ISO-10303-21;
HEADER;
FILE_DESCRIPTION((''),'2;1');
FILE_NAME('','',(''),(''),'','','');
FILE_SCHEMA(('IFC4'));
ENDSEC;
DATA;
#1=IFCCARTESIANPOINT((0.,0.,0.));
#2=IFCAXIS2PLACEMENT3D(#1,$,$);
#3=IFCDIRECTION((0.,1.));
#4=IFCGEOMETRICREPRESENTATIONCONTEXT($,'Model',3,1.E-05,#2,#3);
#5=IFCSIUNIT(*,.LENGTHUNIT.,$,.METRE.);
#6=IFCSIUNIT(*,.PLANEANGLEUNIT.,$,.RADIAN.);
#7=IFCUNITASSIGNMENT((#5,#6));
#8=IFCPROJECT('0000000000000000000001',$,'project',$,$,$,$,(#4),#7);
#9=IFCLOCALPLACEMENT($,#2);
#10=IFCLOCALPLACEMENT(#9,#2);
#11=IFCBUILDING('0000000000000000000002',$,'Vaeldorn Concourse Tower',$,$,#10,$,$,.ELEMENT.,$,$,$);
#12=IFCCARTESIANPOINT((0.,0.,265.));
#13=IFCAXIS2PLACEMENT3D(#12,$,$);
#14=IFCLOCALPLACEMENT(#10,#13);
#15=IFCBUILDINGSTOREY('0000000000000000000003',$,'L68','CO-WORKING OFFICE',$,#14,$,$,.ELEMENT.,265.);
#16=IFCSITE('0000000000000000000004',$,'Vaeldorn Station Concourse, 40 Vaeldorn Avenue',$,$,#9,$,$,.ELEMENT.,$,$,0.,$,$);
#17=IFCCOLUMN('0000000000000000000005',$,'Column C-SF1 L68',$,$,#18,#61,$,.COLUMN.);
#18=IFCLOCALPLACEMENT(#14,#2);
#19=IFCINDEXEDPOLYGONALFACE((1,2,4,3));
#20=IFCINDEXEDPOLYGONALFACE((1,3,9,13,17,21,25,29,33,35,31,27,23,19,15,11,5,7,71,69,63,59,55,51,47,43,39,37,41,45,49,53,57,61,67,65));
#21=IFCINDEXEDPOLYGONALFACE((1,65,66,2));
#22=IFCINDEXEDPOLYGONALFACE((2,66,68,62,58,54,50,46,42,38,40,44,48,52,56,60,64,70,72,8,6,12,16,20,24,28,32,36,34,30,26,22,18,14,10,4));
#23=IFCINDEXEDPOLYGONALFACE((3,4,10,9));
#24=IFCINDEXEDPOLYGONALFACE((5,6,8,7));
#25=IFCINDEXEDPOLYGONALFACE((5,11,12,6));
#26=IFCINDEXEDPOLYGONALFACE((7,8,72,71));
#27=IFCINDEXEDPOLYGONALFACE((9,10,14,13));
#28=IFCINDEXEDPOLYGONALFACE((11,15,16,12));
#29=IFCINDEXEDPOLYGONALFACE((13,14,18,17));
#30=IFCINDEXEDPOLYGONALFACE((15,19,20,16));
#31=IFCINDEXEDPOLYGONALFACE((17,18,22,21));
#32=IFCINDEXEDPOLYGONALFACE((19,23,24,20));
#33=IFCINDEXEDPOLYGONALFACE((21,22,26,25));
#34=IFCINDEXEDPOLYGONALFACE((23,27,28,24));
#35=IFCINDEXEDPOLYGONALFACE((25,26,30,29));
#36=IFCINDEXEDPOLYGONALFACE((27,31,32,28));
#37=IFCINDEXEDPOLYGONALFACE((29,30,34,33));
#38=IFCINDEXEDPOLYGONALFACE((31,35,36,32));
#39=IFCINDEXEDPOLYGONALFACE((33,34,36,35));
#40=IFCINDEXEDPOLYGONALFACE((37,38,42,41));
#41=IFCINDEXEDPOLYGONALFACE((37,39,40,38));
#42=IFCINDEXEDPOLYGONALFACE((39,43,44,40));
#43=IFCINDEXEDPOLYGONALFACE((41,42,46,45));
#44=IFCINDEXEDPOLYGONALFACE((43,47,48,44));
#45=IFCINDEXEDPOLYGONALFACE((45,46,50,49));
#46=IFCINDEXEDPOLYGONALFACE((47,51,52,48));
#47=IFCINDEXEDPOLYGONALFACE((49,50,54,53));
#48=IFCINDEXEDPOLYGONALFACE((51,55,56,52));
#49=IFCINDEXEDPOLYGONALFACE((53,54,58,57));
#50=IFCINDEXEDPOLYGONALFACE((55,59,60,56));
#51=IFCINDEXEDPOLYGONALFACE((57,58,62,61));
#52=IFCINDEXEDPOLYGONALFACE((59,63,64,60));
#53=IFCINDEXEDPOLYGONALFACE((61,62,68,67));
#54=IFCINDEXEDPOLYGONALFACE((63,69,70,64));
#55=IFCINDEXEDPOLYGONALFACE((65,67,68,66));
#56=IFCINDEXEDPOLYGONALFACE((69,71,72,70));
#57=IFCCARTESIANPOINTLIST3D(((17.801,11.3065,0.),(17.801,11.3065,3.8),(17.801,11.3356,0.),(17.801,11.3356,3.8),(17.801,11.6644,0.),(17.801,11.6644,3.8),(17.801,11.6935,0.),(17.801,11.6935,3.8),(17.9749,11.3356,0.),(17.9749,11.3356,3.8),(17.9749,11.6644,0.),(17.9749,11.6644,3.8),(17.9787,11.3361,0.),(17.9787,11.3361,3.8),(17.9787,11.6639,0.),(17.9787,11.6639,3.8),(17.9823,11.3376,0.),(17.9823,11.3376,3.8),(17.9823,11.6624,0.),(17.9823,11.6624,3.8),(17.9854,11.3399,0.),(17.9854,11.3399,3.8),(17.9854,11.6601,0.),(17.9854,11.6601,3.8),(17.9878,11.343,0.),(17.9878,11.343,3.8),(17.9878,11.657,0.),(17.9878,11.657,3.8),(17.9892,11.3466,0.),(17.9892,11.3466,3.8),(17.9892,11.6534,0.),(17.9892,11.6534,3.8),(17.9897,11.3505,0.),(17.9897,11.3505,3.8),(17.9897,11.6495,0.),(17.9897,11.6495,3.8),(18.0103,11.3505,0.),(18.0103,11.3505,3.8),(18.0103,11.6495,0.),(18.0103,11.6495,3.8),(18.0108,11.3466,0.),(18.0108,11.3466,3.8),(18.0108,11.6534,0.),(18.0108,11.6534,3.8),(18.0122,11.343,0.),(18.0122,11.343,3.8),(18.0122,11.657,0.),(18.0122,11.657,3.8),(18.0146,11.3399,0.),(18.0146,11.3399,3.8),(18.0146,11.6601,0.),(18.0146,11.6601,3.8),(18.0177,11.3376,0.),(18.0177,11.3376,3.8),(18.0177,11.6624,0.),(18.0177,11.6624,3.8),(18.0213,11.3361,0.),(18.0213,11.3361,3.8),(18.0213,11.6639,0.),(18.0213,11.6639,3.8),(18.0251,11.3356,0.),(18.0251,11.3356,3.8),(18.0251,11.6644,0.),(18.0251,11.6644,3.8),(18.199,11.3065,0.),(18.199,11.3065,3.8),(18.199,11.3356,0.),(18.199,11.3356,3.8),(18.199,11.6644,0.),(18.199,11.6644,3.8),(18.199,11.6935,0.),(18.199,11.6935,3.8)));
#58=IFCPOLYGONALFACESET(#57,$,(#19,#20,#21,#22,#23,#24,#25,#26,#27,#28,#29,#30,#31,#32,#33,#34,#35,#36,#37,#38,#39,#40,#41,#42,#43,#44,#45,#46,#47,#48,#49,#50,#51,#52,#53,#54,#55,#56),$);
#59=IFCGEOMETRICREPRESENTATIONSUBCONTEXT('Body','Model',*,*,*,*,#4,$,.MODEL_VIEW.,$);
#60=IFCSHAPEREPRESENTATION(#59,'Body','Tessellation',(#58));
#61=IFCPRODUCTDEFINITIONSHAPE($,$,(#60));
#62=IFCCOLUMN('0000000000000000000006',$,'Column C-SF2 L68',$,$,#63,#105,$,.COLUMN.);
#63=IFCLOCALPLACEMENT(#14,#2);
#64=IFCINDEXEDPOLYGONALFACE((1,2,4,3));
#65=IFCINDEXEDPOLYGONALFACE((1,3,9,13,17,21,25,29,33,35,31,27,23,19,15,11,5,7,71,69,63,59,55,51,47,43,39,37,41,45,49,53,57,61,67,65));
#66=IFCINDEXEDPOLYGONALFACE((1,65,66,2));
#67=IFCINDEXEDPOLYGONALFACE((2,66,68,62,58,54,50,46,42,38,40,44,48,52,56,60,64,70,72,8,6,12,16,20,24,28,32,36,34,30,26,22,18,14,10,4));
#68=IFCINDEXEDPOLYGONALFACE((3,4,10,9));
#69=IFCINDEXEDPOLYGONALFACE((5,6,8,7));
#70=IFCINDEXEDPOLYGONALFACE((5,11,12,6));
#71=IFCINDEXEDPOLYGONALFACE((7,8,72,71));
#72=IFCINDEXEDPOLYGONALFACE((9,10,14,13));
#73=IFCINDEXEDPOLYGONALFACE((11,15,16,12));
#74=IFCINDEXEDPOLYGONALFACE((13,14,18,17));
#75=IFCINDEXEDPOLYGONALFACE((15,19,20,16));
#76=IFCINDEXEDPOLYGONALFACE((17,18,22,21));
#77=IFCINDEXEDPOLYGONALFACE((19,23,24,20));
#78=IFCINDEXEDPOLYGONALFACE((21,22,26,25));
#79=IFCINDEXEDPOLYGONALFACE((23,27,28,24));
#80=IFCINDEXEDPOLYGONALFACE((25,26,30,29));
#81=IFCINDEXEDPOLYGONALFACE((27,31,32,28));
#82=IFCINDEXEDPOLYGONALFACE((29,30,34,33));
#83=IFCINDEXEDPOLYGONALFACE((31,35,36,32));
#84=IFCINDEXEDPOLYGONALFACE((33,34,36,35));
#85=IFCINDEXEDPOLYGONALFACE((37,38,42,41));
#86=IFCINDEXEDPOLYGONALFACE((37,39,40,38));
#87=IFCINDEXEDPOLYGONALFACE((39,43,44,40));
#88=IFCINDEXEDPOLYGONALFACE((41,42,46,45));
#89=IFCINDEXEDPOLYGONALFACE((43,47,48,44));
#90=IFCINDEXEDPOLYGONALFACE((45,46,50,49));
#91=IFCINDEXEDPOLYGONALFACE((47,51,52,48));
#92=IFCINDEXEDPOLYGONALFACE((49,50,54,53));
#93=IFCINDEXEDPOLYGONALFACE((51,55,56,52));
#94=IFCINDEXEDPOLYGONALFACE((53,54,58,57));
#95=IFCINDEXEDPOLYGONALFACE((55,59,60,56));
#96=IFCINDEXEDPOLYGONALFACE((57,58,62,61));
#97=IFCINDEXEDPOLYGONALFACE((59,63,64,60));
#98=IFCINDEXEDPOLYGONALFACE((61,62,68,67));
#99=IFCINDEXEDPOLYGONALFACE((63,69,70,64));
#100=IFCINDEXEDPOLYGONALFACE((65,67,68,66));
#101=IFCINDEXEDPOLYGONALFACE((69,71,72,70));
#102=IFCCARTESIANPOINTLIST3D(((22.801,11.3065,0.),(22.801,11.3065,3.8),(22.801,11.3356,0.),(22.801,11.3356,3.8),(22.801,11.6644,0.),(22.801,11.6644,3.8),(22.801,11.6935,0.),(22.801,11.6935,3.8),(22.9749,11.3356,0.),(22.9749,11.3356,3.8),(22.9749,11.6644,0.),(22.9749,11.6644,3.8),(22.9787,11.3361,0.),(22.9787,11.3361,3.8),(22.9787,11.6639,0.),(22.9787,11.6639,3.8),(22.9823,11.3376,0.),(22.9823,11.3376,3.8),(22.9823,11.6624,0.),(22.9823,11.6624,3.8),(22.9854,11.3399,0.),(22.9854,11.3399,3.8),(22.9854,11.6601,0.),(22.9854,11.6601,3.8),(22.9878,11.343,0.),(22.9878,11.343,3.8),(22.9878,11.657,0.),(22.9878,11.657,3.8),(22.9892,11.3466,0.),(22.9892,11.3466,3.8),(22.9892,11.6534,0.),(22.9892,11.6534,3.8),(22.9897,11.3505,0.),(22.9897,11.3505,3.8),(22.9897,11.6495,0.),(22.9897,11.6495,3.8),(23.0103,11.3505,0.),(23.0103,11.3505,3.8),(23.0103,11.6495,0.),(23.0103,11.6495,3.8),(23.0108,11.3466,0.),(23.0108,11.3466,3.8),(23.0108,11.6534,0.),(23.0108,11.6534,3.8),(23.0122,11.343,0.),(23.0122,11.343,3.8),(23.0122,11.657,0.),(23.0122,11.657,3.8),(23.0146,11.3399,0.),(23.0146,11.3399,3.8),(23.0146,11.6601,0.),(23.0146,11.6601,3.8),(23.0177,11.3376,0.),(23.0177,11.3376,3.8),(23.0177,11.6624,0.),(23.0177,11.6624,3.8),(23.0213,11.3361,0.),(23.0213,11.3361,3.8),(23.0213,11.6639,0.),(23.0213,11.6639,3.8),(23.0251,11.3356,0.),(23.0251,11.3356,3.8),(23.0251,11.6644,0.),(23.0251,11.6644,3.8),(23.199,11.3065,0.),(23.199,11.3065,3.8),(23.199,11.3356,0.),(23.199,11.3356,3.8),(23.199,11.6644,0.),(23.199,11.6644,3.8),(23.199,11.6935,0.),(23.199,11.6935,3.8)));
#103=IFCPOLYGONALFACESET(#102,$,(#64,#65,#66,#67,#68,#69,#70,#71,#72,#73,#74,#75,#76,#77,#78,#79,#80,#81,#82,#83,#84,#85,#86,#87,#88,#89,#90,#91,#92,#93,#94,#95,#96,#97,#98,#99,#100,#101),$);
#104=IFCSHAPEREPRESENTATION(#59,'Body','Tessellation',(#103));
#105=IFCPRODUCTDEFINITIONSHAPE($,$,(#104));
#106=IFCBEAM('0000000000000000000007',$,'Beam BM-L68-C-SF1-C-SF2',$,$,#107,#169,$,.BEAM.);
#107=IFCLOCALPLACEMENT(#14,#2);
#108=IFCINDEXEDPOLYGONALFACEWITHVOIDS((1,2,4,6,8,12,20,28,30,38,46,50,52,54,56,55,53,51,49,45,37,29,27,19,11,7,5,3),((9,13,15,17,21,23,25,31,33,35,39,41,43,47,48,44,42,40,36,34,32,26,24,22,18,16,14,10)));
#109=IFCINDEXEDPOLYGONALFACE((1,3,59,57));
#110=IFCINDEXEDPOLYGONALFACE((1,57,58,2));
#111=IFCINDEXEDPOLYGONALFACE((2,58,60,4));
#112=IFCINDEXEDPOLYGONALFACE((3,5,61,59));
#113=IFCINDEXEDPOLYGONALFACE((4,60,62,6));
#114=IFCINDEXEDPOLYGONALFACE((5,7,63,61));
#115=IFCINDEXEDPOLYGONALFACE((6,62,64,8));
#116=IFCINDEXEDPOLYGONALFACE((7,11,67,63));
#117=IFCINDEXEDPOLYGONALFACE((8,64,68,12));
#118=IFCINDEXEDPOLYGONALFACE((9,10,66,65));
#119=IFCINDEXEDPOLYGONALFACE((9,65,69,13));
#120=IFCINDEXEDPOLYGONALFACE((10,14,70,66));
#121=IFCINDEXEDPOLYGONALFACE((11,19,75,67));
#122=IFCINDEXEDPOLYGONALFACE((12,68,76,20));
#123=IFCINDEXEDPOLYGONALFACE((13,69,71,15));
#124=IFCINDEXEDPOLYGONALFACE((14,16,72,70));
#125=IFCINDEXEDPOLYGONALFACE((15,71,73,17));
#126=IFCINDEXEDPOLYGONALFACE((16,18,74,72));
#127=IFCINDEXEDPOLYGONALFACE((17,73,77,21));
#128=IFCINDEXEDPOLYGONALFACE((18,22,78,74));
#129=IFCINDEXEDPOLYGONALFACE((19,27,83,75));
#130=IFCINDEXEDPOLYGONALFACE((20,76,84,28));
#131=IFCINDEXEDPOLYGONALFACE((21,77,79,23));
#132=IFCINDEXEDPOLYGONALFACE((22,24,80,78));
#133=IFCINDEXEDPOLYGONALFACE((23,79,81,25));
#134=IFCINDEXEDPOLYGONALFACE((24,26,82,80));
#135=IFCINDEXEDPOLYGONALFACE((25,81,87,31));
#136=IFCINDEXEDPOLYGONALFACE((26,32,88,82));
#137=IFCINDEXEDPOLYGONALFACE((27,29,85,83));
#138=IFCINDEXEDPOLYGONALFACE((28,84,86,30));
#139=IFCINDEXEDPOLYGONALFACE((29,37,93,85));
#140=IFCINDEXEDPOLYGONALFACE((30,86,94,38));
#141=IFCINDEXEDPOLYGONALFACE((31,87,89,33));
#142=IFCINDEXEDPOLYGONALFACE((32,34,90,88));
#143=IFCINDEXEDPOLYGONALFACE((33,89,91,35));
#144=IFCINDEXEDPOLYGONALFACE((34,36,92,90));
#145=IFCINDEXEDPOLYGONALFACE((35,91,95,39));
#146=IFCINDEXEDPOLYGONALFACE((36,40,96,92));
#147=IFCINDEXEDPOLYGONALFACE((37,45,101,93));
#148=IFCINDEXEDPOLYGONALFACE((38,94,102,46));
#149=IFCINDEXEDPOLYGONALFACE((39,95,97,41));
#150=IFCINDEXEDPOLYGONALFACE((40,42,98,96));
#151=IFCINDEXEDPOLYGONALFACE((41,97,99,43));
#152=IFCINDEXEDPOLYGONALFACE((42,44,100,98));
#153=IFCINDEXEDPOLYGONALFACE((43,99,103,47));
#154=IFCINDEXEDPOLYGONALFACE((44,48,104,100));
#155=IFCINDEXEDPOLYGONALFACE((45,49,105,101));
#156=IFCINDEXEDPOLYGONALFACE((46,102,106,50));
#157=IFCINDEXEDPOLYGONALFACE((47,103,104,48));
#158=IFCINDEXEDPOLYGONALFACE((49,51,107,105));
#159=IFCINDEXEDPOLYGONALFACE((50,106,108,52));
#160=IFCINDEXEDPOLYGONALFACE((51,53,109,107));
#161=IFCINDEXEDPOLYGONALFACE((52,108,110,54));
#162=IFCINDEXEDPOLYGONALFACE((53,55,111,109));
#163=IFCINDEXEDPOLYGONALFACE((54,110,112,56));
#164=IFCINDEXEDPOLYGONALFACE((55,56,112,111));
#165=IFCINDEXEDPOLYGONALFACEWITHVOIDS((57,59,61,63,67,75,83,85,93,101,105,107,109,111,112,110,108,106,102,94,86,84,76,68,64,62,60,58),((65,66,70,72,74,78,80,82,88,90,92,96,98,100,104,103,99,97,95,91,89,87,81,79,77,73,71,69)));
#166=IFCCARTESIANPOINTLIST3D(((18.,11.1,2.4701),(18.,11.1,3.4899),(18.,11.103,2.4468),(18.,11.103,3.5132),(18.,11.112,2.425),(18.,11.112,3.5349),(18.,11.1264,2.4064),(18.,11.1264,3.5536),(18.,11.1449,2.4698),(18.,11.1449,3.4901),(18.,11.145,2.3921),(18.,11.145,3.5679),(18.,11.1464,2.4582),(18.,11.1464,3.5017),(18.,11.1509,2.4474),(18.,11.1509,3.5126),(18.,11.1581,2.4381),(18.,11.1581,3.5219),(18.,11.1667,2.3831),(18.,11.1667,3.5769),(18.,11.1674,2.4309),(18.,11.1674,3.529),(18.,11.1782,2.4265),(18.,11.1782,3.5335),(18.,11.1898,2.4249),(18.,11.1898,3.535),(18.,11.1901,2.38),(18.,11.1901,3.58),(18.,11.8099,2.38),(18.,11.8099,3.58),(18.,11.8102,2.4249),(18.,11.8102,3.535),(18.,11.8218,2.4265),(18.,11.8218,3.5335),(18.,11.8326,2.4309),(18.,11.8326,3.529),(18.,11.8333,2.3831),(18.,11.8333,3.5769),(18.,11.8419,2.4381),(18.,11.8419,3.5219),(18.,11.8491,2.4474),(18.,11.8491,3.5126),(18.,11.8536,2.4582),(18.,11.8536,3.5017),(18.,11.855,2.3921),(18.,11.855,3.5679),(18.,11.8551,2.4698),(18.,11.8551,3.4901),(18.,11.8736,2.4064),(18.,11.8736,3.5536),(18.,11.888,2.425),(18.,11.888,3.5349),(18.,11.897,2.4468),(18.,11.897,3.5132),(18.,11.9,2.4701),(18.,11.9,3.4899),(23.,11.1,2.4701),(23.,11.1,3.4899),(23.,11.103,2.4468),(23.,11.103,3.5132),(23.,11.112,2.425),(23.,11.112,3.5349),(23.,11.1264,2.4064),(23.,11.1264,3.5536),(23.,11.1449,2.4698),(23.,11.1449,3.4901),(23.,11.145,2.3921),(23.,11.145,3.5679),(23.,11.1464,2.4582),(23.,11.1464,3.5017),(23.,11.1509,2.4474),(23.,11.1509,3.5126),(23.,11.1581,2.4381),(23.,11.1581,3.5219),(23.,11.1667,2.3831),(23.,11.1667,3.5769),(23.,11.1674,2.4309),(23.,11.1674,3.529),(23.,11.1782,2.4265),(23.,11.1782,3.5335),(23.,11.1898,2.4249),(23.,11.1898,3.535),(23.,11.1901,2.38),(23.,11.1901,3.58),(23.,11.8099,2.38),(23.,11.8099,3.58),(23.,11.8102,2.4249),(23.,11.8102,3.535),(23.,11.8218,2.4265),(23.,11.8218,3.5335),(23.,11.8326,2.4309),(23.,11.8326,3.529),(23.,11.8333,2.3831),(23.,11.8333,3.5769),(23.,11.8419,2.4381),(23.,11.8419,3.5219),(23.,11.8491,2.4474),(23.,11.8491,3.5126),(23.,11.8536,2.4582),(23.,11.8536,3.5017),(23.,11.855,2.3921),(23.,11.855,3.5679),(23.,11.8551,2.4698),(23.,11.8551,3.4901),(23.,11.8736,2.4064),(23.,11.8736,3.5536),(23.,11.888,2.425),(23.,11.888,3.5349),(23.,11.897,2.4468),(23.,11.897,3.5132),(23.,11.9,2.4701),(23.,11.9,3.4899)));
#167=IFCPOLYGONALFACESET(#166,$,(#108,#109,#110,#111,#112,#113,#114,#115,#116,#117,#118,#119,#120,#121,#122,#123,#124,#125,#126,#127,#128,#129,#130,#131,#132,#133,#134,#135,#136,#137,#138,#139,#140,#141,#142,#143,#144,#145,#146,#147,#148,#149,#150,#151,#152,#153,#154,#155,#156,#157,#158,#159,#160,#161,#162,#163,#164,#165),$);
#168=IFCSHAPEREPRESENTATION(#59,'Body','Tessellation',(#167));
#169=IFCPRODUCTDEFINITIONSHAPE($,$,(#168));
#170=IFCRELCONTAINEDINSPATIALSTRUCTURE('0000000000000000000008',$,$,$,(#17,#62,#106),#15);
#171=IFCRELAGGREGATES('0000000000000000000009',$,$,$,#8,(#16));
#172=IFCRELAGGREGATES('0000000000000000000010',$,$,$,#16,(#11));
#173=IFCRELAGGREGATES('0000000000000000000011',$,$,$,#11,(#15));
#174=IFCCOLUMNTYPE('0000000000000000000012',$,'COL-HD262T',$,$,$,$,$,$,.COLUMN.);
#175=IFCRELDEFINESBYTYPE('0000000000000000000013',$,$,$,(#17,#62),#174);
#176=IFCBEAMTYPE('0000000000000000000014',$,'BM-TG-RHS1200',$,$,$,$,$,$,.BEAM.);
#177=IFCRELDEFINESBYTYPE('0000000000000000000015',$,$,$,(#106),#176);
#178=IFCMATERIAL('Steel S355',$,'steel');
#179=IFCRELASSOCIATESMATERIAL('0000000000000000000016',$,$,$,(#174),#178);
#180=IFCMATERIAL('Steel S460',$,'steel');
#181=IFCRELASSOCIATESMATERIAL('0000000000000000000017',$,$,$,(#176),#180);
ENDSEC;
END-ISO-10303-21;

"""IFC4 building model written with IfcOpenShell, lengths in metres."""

from ifc_helpers import new_model, si_unit, direction, frame, origin, origin_2d, place, context, subcontext, project, spatial, hollow_rectangle, i_section, extrude, source, transform, mapped, material, material_profile, profile_set, type_object, element, save


model = new_model("IFC4")

# Units and contexts
model_context = context("Model", 3, precision=1e-05, world=origin(), true_north=direction((0.0, 1.0)))
body_context = subcontext(model_context, "Body", "Model", "MODEL_VIEW")
ifc_project = project(units=[si_unit("LENGTHUNIT", "METRE"), si_unit("PLANEANGLEUNIT", "RADIAN")], contexts=[model_context])

# Site, building, storey
site_placement = place(None, origin())
site = spatial("IfcSite", under=ifc_project, at=site_placement, Name="Vaeldorn Station Concourse, 40 Vaeldorn Avenue", CompositionType="ELEMENT", RefElevation=0.0)
building_placement = place(site_placement, origin())
building = spatial("IfcBuilding", under=site, at=building_placement, Name="Vaeldorn Concourse Tower", CompositionType="ELEMENT")
storey_placement = place(building_placement, frame((0.0, 0.0, 265.0)))
storey = spatial("IfcBuildingStorey", under=building, at=storey_placement, Name="L68", Description="CO-WORKING OFFICE", CompositionType="ELEMENT", Elevation=265.0)

# Columns
ifc_material_1 = material(Name="Steel S355", Category="steel")
ifc_material_profile_1 = material_profile(ifc_material_1, i_section(OverallWidth=0.3979, OverallDepth=0.387, WebThickness=0.0205, FlangeThickness=0.0291, FilletRadius=0.0149, at=origin_2d()), Name="HD 400x262")
ifc_profile_set_1 = profile_set([ifc_material_profile_1], Name="Steel S355")
column_type = type_object("IfcColumnType", Name="COL-HD262T", PredefinedType="COLUMN", material=ifc_profile_set_1)
shared_shape_1 = source(origin(), body_context, "Body", "SweptSolid", [
    extrude(i_section(OverallWidth=0.3979, OverallDepth=0.387, WebThickness=0.0205, FlangeThickness=0.0291, FilletRadius=0.0149, at=origin_2d()), origin(), (0.0, 0.0, 1.0), 3.8),
])
for number, where, z_axis, x_axis, name in (
    (1, (18.0, 11.5, 0.0), (0.0, 0.0, 1.0), (1.0, 0.0, 0.0), "Column C-SF1 L68"),
    (2, (23.0, 11.5, 0.0), (0.0, 0.0, 1.0), (1.0, 0.0, 0.0), "Column C-SF2 L68"),
):
    element("IfcColumn", number, at=place(storey_placement, frame(where, z_axis=z_axis, x_axis=x_axis)), inside=storey, type_object=column_type, Name=name, PredefinedType="COLUMN", context=body_context, shape_type="MappedRepresentation", body=[
        mapped(shared_shape_1, transform((0.0, 0.0, 0.0), scale=1.0)),
    ])

# Beam
ifc_material_2 = material(Name="Steel S460", Category="steel")
ifc_material_profile_2 = material_profile(ifc_material_2, hollow_rectangle(XDim=0.8, YDim=1.2, WallThickness=0.0449, InnerFilletRadius=0.0449, OuterFilletRadius=0.0901, at=origin_2d()), Name="RHS 1200x800x45")
ifc_profile_set_2 = profile_set([ifc_material_profile_2], Name="Steel S460")
beam_type_1 = type_object("IfcBeamType", Name="BM-TG-RHS1200", PredefinedType="BEAM", material=ifc_profile_set_2)
shared_shape_2 = source(origin(), body_context, "Body", "SweptSolid", [
    extrude(hollow_rectangle(XDim=0.8, YDim=1.2, WallThickness=0.0449, InnerFilletRadius=0.0449, OuterFilletRadius=0.0901, at=origin_2d()), origin(), (0.0, 0.0, 1.0), 5.0),
])
beam_1_placement = place(storey_placement, frame((18.0, 11.5, 2.98), z_axis=(1.0, 0.0, 0.0), x_axis=(0.0, 1.0, 0.0)))
element("IfcBeam", 3, at=beam_1_placement, inside=storey, type_object=beam_type_1, Name="Beam BM-L68-C-SF1-C-SF2", PredefinedType="BEAM", context=body_context, shape_type="MappedRepresentation", body=[
    mapped(shared_shape_2, transform((0.0, 0.0, 0.0), scale=1.0)),
])

save(model, "model.ifc")
